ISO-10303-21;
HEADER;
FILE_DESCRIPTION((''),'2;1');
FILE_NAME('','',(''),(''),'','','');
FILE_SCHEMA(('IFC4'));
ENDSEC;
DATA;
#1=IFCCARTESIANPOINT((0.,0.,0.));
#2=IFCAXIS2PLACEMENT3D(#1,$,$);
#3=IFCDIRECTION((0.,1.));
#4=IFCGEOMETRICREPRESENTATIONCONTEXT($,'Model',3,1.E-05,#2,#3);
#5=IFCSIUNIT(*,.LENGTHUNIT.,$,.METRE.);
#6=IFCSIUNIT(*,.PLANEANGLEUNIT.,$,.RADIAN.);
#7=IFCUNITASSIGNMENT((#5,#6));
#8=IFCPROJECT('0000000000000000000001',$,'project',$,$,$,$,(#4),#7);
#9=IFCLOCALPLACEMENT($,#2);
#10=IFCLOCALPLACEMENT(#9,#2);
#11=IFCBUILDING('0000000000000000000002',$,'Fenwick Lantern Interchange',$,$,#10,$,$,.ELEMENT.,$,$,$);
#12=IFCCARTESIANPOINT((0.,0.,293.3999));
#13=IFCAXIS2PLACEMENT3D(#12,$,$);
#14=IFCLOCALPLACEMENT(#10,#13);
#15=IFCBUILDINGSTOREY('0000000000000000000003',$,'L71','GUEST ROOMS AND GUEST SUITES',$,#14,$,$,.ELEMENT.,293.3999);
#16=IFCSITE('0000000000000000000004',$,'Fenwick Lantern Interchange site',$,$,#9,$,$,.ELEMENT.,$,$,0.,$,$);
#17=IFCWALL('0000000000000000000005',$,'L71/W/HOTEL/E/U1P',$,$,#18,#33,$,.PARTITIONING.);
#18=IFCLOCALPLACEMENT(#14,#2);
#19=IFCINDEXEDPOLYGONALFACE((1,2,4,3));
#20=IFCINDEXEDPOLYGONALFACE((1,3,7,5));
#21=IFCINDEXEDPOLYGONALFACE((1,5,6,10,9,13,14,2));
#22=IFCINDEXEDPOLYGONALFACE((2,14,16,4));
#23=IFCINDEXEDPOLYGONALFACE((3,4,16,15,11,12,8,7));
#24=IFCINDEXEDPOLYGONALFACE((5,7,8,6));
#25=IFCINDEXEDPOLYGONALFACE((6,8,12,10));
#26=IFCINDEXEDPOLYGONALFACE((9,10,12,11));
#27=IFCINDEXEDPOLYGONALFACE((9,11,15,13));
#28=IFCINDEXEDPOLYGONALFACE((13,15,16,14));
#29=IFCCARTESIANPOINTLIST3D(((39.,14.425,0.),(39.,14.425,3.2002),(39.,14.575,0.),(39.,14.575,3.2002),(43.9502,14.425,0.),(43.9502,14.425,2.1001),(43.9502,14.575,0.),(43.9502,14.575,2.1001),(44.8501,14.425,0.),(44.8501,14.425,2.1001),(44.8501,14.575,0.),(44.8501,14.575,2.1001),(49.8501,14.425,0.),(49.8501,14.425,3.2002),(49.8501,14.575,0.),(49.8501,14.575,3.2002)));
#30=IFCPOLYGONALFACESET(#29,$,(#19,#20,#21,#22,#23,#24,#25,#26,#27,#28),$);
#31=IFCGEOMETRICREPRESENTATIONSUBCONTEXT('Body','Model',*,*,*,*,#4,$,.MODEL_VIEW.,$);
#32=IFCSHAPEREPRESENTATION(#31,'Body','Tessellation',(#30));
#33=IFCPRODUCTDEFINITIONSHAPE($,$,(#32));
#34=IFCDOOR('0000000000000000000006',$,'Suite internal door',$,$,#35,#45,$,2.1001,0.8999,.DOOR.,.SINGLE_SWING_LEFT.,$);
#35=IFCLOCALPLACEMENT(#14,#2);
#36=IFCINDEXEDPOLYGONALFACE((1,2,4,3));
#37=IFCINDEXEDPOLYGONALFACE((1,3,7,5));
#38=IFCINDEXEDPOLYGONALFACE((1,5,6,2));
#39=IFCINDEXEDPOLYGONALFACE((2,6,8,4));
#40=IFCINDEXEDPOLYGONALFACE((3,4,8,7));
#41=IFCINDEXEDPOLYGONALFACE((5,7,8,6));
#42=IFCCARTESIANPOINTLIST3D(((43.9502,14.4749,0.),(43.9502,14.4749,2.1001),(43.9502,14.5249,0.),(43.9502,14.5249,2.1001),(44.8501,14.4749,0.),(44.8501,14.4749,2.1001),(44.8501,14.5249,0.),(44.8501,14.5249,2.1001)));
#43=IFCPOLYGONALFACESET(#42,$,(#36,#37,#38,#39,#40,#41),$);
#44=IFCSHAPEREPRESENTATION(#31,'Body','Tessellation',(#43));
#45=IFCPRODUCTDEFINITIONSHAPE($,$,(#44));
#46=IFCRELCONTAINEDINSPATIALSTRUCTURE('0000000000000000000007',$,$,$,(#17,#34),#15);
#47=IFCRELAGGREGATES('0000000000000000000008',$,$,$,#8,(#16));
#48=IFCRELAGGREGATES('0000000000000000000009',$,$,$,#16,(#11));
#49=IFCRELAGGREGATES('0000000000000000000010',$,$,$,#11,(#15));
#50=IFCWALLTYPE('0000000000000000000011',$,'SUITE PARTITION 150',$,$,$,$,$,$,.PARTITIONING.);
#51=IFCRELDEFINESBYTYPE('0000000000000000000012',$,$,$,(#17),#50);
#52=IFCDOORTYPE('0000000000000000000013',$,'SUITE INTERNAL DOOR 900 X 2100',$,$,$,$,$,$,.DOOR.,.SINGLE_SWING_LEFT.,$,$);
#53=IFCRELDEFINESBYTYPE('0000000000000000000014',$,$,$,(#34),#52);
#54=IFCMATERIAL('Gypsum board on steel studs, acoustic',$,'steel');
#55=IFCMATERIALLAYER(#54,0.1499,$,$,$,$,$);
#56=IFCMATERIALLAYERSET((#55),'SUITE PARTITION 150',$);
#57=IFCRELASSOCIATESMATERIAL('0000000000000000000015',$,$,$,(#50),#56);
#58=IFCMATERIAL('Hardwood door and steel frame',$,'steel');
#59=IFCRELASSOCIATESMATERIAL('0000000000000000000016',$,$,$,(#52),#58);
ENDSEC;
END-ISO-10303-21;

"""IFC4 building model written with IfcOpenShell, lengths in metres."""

from ifc_helpers import new_model, si_unit, direction, frame, frame_2d, origin, place, context, subcontext, project, spatial, rectangle, extrude, material, layer, layer_set, type_object, element, fill, save


model = new_model("IFC4")

# Units and contexts
model_context = context("Model", 3, precision=1e-05, world=origin(), true_north=direction((0.0, 1.0)))
body_context = subcontext(model_context, "Body", "Model", "MODEL_VIEW")
ifc_project = project(units=[si_unit("LENGTHUNIT", "METRE"), si_unit("PLANEANGLEUNIT", "RADIAN")], contexts=[model_context])

# Site, building, storey
site_placement = place(None, origin())
site = spatial("IfcSite", under=ifc_project, at=site_placement, Name="Fenwick Lantern Interchange site", CompositionType="ELEMENT", RefElevation=0.0)
building_placement = place(site_placement, origin())
building = spatial("IfcBuilding", under=site, at=building_placement, Name="Fenwick Lantern Interchange", CompositionType="ELEMENT")
storey_placement = place(building_placement, frame((0.0, 0.0, 293.3999)))
storey = spatial("IfcBuildingStorey", under=building, at=storey_placement, Name="L71", Description="GUEST ROOMS AND GUEST SUITES", CompositionType="ELEMENT", Elevation=293.3999)

# Shared definitions
ifc_material_1 = material(Name="Hardwood door and steel frame", Category="steel")

# Wall, opening, door
ifc_material_2 = material(Name="Gypsum board on steel studs, acoustic", Category="steel")
ifc_layer_1 = layer(ifc_material_2, 0.1499)
ifc_layer_set_1 = layer_set([ifc_layer_1], Name="SUITE PARTITION 150")
wall_type_1 = type_object("IfcWallType", Name="SUITE PARTITION 150", PredefinedType="PARTITIONING", material=ifc_layer_set_1)
wall_1_placement = place(storey_placement, frame((49.8501, 14.5, 0.0), z_axis=(0.0, 0.0, 1.0), x_axis=(-1.0, 0.0, 0.0)))
wall_1 = element("IfcWall", 1, at=wall_1_placement, inside=storey, type_object=wall_type_1, Name="L71/W/HOTEL/E/U1P", PredefinedType="PARTITIONING", context=body_context, shape_type="SweptSolid", body=[
    extrude(rectangle(XDim=10.8501, YDim=0.1499, at=frame_2d((5.425, 0.0))), origin(), (0.0, 0.0, 1.0), 3.2002),
])
opening_1_placement = place(wall_1_placement, frame((5.0, 0.0, 0.0)))
opening_1 = element("IfcOpeningElement", 2, at=opening_1_placement, cuts=wall_1, PredefinedType="OPENING", context=body_context, shape_type="SweptSolid", body=[
    extrude(rectangle(XDim=0.8999, YDim=2.1001, at=frame_2d((0.45, 1.05))), frame((0.0, 0.085, 0.0), z_axis=(0.0, -1.0, 0.0), x_axis=(1.0, 0.0, 0.0)), (0.0, 0.0, 1.0), 0.1699),
])
door_type_1 = type_object("IfcDoorType", Name="SUITE INTERNAL DOOR 900 X 2100", OperationType="SINGLE_SWING_LEFT", PredefinedType="DOOR", material=ifc_material_1)
door_1_placement = place(opening_1_placement, frame((0.8999, 0.0, 0.0), z_axis=(0.0, 0.0, 1.0), x_axis=(-1.0, 0.0, 0.0)))
door_1 = element("IfcDoor", 3, at=door_1_placement, inside=storey, type_object=door_type_1, Name="Suite internal door", OperationType="SINGLE_SWING_LEFT", OverallHeight=2.1001, OverallWidth=0.8999, PredefinedType="DOOR", context=body_context, shape_type="SweptSolid", body=[
    extrude(rectangle(XDim=0.8999, YDim=2.1001, at=frame_2d((0.45, 1.05))), frame((0.0, 0.0249, 0.0), z_axis=(0.0, -1.0, 0.0), x_axis=(1.0, 0.0, 0.0)), (0.0, 0.0, 1.0), 0.05),
])
fill(opening_1, door_1)

save(model, "model.ifc")
